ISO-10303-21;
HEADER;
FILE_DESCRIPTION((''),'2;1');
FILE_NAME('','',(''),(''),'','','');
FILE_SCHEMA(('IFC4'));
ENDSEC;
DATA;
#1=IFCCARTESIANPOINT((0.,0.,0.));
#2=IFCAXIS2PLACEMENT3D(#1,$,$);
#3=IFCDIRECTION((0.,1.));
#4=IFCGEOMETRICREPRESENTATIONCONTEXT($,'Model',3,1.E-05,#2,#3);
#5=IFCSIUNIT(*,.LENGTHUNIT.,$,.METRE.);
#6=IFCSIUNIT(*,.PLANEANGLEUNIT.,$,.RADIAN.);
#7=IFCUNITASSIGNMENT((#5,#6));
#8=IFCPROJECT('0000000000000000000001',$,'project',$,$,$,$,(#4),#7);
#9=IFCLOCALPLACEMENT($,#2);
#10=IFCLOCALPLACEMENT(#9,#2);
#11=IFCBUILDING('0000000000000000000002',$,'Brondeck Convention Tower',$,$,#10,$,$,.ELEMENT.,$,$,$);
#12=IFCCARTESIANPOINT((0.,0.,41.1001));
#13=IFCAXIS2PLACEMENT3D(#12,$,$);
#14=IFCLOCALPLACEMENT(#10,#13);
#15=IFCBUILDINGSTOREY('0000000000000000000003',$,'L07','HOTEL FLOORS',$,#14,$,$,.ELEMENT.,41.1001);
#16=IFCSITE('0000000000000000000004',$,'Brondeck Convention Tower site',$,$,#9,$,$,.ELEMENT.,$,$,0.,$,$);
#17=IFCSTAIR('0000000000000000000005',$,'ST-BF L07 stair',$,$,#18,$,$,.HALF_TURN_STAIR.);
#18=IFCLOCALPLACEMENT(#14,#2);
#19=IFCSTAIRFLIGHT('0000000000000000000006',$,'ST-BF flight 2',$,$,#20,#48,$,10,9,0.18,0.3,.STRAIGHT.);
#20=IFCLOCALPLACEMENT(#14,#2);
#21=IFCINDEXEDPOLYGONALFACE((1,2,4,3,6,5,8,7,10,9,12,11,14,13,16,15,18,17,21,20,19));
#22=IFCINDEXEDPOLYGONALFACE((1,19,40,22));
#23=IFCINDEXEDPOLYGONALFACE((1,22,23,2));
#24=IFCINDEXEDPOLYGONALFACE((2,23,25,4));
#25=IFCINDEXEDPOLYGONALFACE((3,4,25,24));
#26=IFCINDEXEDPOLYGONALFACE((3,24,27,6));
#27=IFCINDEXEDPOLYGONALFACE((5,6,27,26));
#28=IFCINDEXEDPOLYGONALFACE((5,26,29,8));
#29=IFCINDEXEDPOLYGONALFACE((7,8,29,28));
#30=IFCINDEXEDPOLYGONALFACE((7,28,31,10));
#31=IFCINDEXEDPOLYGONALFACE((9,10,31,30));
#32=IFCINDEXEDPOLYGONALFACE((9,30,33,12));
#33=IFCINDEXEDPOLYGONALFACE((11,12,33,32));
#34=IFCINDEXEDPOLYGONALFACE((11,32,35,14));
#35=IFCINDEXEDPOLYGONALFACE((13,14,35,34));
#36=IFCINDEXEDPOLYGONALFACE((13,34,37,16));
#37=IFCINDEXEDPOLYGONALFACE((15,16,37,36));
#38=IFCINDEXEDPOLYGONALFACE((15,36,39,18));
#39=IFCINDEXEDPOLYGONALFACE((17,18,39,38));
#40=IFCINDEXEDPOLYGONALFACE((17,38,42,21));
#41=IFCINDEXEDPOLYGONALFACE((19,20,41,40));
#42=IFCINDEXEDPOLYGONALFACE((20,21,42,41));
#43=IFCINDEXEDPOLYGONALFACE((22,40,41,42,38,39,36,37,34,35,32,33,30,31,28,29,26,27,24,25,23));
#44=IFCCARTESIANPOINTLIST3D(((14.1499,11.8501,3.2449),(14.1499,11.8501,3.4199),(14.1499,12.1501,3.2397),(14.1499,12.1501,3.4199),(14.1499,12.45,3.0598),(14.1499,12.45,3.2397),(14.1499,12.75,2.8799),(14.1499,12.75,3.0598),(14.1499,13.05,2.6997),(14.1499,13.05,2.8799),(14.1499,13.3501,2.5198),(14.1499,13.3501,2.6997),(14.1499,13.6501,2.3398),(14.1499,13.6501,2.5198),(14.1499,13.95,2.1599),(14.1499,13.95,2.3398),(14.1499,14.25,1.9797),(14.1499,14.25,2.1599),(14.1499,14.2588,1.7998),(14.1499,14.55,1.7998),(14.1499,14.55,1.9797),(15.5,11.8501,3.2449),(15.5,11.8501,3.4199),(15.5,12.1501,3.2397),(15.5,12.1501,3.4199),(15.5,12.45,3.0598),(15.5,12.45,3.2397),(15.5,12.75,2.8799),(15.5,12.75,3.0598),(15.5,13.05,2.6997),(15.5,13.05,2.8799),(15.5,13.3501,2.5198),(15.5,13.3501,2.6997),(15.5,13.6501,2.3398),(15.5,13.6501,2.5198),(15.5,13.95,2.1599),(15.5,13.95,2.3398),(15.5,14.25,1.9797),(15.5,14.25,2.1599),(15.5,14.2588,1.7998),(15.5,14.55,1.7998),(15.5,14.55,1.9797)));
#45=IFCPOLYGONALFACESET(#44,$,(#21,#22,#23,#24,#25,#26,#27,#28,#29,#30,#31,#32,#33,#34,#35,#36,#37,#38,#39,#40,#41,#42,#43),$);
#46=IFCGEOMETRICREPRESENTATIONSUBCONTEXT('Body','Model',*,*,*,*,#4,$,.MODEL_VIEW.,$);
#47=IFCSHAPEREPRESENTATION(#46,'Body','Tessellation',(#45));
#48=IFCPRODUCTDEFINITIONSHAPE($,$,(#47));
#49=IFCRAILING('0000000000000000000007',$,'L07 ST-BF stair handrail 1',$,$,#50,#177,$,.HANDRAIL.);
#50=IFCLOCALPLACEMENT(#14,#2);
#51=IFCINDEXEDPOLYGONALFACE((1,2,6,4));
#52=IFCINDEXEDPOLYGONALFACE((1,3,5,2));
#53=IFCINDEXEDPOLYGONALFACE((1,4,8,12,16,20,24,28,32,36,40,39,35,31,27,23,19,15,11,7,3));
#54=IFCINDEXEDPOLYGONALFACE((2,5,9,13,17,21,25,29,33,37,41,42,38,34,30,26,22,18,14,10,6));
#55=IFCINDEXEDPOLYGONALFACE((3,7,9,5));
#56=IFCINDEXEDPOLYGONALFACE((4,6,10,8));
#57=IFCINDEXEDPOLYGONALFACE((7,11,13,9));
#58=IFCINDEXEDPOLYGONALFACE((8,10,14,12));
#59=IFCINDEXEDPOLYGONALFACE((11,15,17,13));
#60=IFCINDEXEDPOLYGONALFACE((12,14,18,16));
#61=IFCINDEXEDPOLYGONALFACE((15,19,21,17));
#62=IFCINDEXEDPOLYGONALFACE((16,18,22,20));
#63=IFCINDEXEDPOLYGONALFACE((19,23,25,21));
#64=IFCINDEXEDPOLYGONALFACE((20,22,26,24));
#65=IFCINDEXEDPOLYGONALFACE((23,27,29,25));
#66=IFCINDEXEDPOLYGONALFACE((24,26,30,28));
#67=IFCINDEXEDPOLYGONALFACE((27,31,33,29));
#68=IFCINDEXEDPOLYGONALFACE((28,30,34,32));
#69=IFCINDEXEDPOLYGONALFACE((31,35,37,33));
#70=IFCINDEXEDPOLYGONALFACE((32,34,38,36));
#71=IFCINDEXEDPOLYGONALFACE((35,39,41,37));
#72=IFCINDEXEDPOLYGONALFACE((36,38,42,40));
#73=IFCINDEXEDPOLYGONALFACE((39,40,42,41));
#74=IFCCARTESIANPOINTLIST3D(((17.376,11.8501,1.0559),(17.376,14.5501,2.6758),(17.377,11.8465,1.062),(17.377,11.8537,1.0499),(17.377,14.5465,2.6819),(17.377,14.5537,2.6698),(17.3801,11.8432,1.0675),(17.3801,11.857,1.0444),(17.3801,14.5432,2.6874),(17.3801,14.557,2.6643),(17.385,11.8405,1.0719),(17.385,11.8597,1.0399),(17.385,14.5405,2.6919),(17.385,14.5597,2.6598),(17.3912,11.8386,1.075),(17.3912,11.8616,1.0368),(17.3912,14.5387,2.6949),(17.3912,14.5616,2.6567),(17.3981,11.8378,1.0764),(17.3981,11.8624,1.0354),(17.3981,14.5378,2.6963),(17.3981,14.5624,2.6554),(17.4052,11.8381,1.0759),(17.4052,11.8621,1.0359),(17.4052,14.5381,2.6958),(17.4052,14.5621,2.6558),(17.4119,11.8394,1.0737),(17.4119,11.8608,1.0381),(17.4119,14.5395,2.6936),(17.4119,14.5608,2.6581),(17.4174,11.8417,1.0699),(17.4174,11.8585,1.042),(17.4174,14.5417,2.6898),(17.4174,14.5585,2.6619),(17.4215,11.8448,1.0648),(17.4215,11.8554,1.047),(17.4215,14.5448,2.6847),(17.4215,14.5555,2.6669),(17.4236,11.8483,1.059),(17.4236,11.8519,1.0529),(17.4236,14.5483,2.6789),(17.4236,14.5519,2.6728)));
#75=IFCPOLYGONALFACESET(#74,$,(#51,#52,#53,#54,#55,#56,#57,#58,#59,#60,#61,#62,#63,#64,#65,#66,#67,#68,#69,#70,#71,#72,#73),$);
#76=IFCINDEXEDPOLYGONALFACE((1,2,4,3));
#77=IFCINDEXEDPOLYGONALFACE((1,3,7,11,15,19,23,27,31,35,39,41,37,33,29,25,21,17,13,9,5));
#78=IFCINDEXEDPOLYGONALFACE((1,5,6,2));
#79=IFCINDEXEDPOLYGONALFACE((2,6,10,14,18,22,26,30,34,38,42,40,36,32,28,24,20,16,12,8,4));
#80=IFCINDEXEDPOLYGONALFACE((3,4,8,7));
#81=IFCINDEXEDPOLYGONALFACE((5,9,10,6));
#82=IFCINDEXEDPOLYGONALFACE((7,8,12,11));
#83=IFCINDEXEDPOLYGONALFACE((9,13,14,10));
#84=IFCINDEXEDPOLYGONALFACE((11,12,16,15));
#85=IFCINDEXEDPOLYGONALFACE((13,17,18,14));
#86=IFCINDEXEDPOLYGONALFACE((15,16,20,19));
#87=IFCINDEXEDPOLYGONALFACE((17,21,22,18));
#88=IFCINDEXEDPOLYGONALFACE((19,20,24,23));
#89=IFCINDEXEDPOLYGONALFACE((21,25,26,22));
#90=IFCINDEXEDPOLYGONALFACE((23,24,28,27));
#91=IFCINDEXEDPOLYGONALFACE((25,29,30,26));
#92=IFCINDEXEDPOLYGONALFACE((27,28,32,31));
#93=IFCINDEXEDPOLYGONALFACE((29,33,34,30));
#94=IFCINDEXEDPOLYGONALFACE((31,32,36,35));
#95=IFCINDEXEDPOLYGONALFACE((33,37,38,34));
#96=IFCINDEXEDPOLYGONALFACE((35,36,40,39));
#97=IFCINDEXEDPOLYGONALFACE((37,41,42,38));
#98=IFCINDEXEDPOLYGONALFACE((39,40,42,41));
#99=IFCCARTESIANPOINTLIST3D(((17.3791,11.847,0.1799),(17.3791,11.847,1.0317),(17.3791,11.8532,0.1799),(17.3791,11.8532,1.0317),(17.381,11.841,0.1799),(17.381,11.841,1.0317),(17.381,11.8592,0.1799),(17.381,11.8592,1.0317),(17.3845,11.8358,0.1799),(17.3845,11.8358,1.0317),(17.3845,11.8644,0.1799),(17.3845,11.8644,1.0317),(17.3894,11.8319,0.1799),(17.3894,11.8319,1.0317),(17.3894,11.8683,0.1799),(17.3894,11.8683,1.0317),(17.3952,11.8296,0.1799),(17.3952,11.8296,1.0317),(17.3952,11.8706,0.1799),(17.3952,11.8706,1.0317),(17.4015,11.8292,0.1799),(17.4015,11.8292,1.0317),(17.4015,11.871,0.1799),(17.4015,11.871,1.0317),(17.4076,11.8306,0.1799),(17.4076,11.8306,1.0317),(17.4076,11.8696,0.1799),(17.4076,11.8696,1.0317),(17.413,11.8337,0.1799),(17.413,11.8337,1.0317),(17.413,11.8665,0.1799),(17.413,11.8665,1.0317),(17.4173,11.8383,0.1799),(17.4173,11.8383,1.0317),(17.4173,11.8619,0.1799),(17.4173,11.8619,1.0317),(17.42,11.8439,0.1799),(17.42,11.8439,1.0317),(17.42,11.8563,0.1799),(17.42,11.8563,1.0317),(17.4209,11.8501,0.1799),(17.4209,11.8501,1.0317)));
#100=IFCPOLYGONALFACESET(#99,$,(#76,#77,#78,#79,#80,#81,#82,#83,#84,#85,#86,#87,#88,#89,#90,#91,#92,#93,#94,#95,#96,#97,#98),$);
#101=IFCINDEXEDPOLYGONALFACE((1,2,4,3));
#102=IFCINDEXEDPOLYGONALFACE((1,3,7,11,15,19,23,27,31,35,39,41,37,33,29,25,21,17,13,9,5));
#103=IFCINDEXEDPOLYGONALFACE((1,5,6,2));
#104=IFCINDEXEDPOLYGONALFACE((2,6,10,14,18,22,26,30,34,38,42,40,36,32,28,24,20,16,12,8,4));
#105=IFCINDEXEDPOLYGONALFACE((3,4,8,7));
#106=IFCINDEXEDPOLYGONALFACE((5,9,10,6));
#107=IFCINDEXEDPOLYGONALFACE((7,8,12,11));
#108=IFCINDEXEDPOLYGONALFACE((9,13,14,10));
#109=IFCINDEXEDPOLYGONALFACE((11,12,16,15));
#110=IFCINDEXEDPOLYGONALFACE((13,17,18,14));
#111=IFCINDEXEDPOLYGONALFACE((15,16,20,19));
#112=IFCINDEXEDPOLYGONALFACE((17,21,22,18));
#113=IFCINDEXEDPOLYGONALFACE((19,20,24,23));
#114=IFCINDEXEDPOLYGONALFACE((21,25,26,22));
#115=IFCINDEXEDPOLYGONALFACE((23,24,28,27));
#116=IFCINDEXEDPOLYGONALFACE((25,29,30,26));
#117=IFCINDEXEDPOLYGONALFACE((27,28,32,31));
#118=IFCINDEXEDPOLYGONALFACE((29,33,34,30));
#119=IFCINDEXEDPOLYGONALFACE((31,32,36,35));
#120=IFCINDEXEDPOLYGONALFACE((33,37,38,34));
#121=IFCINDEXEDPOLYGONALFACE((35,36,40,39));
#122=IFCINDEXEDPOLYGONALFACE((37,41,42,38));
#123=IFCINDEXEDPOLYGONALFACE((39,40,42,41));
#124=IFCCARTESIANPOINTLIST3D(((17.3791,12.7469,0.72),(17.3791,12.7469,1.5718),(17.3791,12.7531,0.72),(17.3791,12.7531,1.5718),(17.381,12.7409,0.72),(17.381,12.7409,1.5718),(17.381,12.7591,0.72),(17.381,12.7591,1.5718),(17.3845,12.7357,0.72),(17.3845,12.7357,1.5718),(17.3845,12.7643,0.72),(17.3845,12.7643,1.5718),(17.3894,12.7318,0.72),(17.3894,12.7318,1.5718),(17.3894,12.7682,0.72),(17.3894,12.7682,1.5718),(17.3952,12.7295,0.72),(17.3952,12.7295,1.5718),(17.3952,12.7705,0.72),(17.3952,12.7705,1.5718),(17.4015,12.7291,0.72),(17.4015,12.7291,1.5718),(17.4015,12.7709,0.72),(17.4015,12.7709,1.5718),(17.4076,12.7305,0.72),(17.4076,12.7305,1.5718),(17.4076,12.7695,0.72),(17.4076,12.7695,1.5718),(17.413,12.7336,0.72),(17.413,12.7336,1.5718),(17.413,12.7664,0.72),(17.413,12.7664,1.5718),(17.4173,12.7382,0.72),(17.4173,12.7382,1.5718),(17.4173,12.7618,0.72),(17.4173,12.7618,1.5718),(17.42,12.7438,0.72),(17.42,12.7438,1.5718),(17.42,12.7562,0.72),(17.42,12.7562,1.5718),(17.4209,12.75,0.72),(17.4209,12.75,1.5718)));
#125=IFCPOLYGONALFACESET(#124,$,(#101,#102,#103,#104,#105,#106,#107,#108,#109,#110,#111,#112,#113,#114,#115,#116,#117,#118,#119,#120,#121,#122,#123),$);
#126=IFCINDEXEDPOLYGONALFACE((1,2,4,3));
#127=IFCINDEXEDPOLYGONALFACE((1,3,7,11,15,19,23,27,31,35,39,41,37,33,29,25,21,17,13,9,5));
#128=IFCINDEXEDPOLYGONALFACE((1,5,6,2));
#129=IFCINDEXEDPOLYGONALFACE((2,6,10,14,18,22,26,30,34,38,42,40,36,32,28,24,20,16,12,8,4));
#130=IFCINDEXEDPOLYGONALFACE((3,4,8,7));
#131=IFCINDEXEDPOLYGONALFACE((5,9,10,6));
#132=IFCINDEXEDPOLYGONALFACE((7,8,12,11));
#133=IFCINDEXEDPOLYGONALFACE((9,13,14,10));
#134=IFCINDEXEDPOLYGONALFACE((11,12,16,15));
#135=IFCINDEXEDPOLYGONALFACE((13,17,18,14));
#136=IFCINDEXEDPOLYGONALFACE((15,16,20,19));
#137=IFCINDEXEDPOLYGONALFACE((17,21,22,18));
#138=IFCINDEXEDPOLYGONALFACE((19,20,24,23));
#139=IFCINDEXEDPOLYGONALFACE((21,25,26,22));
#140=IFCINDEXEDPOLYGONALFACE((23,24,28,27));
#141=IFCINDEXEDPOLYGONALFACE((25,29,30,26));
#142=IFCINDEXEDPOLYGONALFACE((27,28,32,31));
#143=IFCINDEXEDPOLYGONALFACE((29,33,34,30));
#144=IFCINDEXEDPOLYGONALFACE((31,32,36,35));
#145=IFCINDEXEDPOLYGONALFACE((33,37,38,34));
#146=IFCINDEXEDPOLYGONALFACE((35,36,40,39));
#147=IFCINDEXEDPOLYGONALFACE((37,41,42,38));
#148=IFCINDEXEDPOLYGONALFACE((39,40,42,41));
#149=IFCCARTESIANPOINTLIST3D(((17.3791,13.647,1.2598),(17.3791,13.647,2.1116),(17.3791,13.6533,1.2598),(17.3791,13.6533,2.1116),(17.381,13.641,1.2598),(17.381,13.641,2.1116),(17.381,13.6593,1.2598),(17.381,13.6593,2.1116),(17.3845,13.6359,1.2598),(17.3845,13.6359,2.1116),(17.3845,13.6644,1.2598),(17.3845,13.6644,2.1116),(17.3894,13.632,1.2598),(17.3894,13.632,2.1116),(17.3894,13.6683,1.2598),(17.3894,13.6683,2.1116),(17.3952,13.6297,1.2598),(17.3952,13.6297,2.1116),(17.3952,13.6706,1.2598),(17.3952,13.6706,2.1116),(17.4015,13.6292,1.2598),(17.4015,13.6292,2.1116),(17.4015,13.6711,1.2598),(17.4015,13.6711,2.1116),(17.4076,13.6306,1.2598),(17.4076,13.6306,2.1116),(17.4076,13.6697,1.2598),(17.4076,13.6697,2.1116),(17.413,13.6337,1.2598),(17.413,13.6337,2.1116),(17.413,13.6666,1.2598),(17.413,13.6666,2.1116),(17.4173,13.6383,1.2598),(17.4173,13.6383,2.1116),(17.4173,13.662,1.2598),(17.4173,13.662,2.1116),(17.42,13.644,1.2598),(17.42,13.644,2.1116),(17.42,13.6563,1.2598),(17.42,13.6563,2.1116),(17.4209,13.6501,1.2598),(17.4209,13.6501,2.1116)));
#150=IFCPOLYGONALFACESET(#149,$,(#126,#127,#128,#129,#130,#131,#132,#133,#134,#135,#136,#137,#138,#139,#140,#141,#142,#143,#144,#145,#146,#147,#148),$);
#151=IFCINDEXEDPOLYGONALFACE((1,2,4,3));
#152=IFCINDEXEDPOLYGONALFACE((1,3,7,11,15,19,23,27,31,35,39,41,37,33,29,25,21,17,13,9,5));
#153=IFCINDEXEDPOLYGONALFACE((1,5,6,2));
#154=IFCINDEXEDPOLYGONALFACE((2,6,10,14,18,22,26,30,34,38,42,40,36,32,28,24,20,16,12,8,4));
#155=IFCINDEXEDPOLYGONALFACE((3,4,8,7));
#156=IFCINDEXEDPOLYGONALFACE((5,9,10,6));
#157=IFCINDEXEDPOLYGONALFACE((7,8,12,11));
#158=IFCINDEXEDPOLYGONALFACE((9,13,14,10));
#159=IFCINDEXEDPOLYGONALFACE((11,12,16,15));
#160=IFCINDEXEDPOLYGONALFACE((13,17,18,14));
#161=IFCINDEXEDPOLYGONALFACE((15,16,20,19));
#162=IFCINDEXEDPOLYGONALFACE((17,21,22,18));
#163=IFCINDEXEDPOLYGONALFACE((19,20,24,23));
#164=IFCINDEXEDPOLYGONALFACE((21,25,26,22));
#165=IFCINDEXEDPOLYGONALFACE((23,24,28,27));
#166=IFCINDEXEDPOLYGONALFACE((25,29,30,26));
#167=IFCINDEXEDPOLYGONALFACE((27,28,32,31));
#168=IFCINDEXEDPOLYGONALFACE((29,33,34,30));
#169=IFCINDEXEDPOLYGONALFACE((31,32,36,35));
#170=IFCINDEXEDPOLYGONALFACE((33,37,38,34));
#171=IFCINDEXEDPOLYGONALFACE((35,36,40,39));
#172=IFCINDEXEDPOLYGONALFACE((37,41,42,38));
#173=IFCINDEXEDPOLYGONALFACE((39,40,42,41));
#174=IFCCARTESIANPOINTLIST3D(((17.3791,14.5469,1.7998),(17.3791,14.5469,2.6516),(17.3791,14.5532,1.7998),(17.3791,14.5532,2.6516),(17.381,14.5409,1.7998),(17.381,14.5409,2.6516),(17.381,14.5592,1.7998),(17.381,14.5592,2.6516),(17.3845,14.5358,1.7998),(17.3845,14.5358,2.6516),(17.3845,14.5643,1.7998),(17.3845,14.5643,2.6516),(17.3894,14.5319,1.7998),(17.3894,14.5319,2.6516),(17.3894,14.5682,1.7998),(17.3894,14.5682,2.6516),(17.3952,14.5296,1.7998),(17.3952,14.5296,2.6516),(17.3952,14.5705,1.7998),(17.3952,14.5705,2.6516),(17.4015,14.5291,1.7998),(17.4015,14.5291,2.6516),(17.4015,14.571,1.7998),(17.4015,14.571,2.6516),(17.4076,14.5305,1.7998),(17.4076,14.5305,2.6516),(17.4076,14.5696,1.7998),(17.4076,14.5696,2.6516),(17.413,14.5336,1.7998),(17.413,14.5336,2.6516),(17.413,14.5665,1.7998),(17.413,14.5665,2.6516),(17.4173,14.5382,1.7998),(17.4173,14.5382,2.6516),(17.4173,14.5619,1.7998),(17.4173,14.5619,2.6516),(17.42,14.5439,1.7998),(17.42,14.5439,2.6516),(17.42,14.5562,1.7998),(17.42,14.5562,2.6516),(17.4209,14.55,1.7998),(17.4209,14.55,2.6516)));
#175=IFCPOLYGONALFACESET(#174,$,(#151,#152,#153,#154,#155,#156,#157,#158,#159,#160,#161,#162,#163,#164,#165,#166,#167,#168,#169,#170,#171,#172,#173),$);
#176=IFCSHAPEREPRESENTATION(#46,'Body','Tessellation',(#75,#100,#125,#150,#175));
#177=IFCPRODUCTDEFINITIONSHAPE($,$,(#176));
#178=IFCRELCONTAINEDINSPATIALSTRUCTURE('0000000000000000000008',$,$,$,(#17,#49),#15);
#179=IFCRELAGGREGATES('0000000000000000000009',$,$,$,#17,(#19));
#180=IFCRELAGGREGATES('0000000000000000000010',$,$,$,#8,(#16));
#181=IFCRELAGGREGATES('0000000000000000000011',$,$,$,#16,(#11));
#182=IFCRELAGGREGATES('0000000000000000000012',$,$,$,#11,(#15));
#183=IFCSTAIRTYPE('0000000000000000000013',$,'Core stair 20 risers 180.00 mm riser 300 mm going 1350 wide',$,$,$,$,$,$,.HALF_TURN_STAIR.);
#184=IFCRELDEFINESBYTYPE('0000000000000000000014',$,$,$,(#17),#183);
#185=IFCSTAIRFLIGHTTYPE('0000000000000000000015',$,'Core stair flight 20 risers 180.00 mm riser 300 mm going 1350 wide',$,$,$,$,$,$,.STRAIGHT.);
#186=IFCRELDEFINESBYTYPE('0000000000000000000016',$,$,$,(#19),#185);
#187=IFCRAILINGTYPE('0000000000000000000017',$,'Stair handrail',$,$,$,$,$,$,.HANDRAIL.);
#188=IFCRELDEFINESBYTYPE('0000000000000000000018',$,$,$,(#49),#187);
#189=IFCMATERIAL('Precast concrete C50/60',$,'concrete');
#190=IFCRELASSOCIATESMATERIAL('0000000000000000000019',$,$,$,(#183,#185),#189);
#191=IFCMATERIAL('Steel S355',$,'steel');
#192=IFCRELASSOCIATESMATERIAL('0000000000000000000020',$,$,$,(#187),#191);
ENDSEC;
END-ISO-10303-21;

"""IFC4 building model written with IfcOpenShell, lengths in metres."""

from ifc_helpers import new_model, si_unit, direction, frame, origin, origin_2d, place, context, subcontext, project, spatial, polyline, circle, outline, extrude, material, type_object, element, aggregate, save


model = new_model("IFC4")

# Units and contexts
model_context = context("Model", 3, precision=1e-05, world=origin(), true_north=direction((0.0, 1.0)))
body_context = subcontext(model_context, "Body", "Model", "MODEL_VIEW")
ifc_project = project(units=[si_unit("LENGTHUNIT", "METRE"), si_unit("PLANEANGLEUNIT", "RADIAN")], contexts=[model_context])

# Site, building, storey
site_placement = place(None, origin())
site = spatial("IfcSite", under=ifc_project, at=site_placement, Name="Brondeck Convention Tower site", CompositionType="ELEMENT", RefElevation=0.0)
building_placement = place(site_placement, origin())
building = spatial("IfcBuilding", under=site, at=building_placement, Name="Brondeck Convention Tower", CompositionType="ELEMENT")
storey_placement = place(building_placement, frame((0.0, 0.0, 41.1001)))
storey = spatial("IfcBuildingStorey", under=building, at=storey_placement, Name="L07", Description="HOTEL FLOORS", CompositionType="ELEMENT", Elevation=41.1001)

# Shared definitions
ifc_material_1 = material(Name="Steel S355", Category="steel")

# Stair, stair flight
ifc_material_2 = material(Name="Precast concrete C50/60", Category="concrete")
stair_type = type_object("IfcStairType", Name="Core stair 20 risers 180.00 mm riser 300 mm going 1350 wide", PredefinedType="HALF_TURN_STAIR", material=ifc_material_2)
stair_placement = place(storey_placement, origin())
stair = element("IfcStair", 1, at=stair_placement, inside=storey, type_object=stair_type, Name="ST-BF L07 stair", PredefinedType="HALF_TURN_STAIR")
stair_flight_type = type_object("IfcStairFlightType", Name="Core stair flight 20 risers 180.00 mm riser 300 mm going 1350 wide", PredefinedType="STRAIGHT", material=ifc_material_2)
stair_flight_1_placement = place(storey_placement, frame((14.825, 14.55, 1.7998), z_axis=(0.0, 0.0, 1.0), x_axis=(0.0, -1.0, 0.0)))
stair_flight_1 = element("IfcStairFlight", 2, at=stair_flight_1_placement, type_object=stair_flight_type, Name="ST-BF flight 2", NumberOfRisers=10, NumberOfTreads=9, PredefinedType="STRAIGHT", RiserHeight=0.18, TreadLength=0.3, context=body_context, shape_type="SweptSolid", body=[
    extrude(outline(polyline([(0.0, 0.0), (0.0, 0.1799), (0.3, 0.1799), (0.3, 0.3601), (0.6001, 0.3601), (0.6001, 0.54), (0.8999, 0.54), (0.8999, 0.72), (1.2, 0.72), (1.2, 0.8999), (1.5, 0.8999), (1.5, 1.0801), (1.8, 1.0801), (1.8, 1.26), (2.1001, 1.26), (2.1001, 1.4399), (2.3999, 1.4399), (2.3999, 1.6201), (2.7, 1.6201), (2.7, 1.8), (2.7, 1.4451), (0.2913, 0.0), (0.0, 0.0)])), frame((0.0, 0.675, 0.0), z_axis=(0.0, -1.0, 0.0), x_axis=(1.0, 0.0, 0.0)), (0.0, 0.0, 1.0), 1.3501),
])
aggregate(stair, [stair_flight_1])

# Railing
railing_type_1 = type_object("IfcRailingType", Name="Stair handrail", PredefinedType="HANDRAIL", material=ifc_material_1)
railing_1_placement = place(storey_placement, frame((17.3999, 11.8501, 0.1799)))
element("IfcRailing", 3, at=railing_1_placement, inside=storey, type_object=railing_type_1, Name="L07 ST-BF stair handrail 1", PredefinedType="HANDRAIL", context=body_context, shape_type="SweptSolid", body=[
    extrude(circle(Radius=0.0239, at=origin_2d()), frame((0.0, 0.0, 0.876), z_axis=(0.0, 0.857507, 0.514473), x_axis=(-1.0, 0.0, 0.0)), (0.0, 0.0, 1.0), 3.1487),
    extrude(circle(Radius=0.021, at=origin_2d()), origin(), (0.0, 0.0, 1.0), 0.8518),
    extrude(circle(Radius=0.021, at=origin_2d()), frame((0.0, 0.8999, 0.54)), (0.0, 0.0, 1.0), 0.8518),
    extrude(circle(Radius=0.021, at=origin_2d()), frame((0.0, 1.8, 1.0798)), (0.0, 0.0, 1.0), 0.8518),
    extrude(circle(Radius=0.021, at=origin_2d()), frame((0.0, 2.7, 1.6199)), (0.0, 0.0, 1.0), 0.8518),
])

save(model, "model.ifc")
